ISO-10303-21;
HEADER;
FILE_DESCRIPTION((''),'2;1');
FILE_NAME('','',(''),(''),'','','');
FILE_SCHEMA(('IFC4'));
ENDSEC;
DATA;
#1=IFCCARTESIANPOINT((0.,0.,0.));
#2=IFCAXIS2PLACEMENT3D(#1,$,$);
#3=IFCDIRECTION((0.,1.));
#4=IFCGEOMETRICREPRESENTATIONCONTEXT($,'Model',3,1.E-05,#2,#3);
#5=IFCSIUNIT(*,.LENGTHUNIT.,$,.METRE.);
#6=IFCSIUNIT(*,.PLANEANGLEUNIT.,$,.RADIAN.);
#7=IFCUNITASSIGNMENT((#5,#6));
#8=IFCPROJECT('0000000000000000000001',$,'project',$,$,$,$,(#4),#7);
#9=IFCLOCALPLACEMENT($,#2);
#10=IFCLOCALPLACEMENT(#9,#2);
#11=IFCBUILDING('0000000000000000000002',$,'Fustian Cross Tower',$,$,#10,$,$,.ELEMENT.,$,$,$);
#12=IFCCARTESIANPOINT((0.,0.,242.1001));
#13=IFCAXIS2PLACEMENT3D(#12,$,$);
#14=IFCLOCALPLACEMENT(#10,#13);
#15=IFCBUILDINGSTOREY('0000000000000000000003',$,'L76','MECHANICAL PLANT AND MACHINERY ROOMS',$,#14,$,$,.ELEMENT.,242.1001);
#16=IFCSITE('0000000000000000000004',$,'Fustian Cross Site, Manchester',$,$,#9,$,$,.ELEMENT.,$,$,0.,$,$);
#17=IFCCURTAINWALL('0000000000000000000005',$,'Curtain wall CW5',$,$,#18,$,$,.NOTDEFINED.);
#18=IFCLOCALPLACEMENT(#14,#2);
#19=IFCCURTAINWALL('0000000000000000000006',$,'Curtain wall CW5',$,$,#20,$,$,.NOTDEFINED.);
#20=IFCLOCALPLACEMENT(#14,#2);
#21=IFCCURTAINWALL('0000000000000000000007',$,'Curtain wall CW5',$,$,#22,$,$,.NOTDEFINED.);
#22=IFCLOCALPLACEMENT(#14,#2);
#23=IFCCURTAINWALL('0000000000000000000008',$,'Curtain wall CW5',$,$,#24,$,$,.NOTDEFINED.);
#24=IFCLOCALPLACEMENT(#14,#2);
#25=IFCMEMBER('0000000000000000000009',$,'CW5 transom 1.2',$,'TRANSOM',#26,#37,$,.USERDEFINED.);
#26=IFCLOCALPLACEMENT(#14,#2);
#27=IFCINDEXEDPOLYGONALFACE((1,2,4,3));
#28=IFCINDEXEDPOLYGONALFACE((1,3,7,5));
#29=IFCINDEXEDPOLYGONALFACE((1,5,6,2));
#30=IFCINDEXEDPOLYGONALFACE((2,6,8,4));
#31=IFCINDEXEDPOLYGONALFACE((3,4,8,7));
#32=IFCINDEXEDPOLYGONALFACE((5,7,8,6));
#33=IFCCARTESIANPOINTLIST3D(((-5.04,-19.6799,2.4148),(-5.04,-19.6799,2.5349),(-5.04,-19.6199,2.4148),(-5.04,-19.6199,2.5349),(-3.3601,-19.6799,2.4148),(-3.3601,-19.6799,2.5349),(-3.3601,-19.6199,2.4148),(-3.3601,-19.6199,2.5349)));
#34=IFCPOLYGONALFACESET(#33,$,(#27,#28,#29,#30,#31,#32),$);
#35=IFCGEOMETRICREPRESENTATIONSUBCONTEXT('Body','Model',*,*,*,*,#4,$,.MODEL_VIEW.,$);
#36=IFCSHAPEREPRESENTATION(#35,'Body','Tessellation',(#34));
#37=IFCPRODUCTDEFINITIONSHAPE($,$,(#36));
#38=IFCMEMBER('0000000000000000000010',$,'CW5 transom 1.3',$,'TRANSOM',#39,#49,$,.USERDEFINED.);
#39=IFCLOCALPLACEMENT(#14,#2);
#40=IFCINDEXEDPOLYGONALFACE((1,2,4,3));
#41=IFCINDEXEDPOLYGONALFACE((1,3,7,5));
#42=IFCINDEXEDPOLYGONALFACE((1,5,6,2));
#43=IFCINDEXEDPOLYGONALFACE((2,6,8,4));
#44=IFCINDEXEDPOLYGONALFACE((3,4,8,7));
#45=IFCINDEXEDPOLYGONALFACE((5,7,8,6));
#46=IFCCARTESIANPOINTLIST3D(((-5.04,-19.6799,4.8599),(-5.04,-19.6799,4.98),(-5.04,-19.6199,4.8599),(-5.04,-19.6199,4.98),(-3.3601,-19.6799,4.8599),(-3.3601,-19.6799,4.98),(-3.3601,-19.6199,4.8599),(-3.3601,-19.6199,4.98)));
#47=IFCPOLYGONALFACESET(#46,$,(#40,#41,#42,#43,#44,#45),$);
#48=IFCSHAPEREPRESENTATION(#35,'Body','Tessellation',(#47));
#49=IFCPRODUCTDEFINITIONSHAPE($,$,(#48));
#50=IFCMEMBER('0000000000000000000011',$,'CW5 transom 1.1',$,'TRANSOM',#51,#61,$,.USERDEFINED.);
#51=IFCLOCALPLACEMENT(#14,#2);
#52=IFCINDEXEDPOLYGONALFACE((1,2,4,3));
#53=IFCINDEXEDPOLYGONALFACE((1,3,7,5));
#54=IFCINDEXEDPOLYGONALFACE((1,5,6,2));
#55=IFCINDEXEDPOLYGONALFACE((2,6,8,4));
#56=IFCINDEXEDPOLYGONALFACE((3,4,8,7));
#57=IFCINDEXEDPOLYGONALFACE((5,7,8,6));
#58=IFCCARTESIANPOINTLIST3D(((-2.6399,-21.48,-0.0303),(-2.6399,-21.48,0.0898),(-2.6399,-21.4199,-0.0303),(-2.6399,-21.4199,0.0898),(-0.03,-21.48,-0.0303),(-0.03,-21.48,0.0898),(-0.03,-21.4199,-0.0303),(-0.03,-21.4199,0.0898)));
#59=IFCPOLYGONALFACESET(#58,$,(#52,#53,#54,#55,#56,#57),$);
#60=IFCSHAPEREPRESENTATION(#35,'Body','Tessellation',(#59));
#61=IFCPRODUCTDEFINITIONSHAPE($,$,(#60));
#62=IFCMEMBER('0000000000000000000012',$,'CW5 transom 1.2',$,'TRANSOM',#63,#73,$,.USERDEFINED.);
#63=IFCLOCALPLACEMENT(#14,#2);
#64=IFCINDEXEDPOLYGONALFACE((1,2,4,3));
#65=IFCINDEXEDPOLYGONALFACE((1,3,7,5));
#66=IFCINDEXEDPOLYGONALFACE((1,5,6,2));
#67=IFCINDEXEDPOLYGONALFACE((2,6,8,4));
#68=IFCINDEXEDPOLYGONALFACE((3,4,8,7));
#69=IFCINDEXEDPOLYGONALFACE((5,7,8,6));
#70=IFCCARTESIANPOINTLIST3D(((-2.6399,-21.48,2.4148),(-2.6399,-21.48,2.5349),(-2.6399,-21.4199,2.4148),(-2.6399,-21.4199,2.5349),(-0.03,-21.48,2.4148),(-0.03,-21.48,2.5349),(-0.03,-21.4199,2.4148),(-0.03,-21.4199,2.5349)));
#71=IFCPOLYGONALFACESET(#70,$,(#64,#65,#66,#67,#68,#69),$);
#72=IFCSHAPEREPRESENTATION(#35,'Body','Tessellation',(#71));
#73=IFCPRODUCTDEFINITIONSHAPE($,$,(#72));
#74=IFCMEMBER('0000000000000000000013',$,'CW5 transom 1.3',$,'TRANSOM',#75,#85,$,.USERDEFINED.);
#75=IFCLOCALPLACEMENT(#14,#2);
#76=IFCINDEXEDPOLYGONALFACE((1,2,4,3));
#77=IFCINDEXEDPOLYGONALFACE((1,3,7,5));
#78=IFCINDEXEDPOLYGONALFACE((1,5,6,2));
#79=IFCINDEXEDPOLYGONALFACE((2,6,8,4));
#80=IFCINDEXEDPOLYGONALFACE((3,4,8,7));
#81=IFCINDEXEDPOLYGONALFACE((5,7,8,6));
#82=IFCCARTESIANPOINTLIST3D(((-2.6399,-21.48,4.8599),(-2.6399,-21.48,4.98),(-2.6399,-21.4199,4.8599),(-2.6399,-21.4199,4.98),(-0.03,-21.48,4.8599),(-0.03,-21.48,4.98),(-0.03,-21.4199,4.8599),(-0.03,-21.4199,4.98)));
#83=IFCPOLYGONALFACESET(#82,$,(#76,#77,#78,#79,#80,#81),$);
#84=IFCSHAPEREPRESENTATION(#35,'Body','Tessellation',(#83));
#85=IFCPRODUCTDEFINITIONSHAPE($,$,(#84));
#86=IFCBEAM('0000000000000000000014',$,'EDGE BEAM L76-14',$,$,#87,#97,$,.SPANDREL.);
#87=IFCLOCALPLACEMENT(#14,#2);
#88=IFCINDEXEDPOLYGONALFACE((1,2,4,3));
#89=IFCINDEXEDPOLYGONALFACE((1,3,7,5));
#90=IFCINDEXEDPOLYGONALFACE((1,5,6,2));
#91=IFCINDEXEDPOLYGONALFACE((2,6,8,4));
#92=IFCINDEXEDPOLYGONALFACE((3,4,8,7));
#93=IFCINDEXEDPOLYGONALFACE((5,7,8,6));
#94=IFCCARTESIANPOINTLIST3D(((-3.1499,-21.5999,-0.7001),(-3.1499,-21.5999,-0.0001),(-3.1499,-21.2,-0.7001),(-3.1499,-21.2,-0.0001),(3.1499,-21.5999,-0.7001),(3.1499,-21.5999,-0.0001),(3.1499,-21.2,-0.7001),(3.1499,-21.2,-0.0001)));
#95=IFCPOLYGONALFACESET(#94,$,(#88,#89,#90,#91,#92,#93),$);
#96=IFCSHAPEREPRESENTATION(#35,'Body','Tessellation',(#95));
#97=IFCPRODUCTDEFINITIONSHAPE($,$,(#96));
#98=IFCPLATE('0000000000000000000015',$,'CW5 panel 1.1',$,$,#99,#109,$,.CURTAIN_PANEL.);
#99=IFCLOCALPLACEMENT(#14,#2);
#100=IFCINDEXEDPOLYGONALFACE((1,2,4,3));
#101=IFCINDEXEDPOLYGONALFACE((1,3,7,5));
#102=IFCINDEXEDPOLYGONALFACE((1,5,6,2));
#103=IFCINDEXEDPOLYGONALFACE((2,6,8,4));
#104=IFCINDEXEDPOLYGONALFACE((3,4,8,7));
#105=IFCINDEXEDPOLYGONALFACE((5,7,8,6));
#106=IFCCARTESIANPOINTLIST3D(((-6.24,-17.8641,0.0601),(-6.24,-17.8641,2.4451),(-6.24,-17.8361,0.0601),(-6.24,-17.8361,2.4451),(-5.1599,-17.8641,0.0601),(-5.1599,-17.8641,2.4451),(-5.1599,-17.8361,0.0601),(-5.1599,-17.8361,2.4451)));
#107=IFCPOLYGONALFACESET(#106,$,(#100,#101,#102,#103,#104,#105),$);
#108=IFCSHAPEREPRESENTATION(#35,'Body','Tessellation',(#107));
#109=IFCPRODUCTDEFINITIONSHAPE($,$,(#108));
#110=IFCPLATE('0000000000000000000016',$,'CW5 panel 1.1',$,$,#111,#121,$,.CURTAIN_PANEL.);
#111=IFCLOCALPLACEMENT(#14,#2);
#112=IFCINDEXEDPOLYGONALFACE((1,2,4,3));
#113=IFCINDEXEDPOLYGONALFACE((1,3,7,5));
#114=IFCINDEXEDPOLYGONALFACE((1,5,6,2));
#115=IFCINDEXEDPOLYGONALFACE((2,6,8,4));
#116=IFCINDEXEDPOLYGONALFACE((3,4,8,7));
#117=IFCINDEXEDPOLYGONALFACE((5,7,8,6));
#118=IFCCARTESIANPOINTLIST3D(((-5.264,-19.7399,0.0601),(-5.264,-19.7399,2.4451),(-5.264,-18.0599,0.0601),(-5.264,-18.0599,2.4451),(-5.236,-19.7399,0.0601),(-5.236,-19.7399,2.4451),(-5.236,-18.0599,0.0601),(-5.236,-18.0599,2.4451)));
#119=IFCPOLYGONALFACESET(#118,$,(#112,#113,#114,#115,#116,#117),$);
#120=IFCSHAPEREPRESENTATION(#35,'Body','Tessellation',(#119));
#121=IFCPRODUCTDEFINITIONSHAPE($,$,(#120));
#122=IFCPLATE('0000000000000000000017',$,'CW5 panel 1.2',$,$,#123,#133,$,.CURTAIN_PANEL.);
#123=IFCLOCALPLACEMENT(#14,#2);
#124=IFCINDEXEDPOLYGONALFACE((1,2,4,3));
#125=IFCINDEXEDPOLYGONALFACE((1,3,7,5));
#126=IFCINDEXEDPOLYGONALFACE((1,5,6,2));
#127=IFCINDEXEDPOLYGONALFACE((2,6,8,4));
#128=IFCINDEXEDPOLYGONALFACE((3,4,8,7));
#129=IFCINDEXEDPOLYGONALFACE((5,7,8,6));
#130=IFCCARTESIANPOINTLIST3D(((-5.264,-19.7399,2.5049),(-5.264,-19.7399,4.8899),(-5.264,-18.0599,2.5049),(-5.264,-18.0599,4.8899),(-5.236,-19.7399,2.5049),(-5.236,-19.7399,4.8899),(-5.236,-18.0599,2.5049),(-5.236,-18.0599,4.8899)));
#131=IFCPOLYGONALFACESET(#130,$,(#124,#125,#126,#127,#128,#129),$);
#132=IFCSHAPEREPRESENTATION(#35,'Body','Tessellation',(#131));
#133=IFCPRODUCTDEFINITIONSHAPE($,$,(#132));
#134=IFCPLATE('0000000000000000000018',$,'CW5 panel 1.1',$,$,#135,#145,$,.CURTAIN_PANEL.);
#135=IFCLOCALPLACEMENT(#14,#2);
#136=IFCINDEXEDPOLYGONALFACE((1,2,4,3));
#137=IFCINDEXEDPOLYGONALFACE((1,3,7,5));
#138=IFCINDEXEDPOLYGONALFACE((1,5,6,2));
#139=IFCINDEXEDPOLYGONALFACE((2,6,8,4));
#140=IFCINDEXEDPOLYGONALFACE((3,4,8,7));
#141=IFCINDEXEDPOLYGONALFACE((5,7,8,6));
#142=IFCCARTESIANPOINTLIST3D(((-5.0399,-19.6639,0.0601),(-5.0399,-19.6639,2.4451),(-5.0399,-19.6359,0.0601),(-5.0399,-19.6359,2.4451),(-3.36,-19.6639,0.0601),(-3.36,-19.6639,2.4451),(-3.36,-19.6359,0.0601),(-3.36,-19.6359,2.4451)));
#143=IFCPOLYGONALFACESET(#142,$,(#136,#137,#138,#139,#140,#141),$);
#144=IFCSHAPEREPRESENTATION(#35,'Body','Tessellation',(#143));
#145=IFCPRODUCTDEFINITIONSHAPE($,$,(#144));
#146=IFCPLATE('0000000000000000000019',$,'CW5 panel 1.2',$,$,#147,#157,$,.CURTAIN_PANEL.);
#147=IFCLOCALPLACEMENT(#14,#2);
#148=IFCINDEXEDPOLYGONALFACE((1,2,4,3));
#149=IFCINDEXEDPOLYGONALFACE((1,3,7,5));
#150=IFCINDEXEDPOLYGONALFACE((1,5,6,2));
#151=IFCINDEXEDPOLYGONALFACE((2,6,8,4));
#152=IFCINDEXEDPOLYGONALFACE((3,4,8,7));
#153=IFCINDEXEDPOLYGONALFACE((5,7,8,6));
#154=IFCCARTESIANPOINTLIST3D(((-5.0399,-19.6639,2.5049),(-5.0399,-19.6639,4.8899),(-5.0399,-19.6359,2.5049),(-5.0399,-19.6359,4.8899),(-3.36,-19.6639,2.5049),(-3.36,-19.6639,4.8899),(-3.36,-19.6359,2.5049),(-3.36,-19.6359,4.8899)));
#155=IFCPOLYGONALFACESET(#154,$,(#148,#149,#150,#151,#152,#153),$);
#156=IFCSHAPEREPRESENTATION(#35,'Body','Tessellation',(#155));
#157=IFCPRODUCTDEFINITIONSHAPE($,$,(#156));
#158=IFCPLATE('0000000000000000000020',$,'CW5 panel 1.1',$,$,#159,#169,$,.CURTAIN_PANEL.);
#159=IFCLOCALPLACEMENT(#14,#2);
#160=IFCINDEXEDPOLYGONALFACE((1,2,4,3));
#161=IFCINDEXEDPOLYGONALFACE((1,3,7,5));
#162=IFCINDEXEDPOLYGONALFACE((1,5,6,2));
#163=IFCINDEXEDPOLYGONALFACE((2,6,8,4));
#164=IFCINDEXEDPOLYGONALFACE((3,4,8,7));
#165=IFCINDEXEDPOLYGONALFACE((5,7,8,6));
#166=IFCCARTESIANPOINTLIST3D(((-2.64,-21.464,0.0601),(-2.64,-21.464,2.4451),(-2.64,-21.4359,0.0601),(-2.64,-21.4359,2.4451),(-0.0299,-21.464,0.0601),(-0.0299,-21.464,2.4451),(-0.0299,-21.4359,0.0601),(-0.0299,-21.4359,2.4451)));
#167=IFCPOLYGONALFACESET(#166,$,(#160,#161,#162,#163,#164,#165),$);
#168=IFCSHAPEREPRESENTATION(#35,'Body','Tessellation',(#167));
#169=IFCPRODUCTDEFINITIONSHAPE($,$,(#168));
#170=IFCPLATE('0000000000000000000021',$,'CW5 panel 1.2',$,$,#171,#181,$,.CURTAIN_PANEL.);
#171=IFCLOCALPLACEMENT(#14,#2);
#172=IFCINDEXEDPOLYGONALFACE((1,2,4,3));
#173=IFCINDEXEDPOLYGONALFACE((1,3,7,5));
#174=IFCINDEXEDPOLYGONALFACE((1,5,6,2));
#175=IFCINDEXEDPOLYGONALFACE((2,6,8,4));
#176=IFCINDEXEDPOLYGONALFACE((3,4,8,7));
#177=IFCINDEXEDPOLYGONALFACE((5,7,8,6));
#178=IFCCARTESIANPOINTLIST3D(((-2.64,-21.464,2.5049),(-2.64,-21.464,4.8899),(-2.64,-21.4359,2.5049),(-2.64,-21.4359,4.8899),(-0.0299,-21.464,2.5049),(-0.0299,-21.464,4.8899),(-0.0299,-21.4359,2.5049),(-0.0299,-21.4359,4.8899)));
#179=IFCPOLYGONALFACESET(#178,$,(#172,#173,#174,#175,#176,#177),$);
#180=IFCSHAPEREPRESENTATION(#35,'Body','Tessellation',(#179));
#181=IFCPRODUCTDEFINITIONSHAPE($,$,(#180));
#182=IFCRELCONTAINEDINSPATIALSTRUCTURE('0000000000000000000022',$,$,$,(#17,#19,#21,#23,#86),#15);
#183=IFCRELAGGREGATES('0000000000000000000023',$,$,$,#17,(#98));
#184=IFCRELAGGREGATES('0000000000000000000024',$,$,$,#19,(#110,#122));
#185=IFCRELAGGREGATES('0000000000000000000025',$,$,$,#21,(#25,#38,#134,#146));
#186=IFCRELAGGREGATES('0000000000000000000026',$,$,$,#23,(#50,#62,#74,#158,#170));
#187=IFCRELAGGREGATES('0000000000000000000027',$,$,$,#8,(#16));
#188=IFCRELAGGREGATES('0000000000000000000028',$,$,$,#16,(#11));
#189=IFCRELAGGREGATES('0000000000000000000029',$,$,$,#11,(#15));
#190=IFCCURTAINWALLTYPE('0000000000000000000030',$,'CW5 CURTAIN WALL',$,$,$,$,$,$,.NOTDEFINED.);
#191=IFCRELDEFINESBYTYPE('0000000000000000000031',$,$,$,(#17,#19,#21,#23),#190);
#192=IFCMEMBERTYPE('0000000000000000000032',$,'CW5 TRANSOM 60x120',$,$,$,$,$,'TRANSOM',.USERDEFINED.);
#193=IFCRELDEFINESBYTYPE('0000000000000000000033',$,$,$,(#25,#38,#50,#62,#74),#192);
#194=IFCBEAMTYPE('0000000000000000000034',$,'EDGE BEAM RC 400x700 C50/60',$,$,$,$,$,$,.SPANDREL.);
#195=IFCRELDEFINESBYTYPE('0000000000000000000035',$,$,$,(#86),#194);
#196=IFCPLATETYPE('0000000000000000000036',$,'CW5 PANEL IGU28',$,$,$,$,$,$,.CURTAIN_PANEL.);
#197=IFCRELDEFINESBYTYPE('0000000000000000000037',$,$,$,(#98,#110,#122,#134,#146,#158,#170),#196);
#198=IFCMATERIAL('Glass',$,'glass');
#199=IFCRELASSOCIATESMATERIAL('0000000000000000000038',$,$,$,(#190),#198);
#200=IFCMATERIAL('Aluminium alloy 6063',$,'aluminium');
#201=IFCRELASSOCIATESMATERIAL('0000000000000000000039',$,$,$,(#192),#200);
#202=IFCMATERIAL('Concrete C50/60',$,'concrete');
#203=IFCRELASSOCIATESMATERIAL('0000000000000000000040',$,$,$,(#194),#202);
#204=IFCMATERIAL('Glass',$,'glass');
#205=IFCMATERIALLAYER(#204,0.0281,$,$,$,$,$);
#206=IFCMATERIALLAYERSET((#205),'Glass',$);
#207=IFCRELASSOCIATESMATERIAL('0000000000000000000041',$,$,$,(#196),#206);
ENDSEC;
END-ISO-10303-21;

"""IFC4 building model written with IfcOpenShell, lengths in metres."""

from ifc_helpers import new_model, si_unit, direction, frame, origin, origin_2d, place, context, subcontext, project, spatial, rectangle, extrude, material, layer, layer_set, material_profile, profile_set, type_object, element, aggregate, save


model = new_model("IFC4")

# Units and contexts
model_context = context("Model", 3, precision=1e-05, world=origin(), true_north=direction((0.0, 1.0)))
body_context = subcontext(model_context, "Body", "Model", "MODEL_VIEW")
ifc_project = project(units=[si_unit("LENGTHUNIT", "METRE"), si_unit("PLANEANGLEUNIT", "RADIAN")], contexts=[model_context])

# Site, building, storey
site_placement = place(None, origin())
site = spatial("IfcSite", under=ifc_project, at=site_placement, Name="Fustian Cross Site, Manchester", CompositionType="ELEMENT", RefElevation=0.0)
building_placement = place(site_placement, origin())
building = spatial("IfcBuilding", under=site, at=building_placement, Name="Fustian Cross Tower", CompositionType="ELEMENT")
storey_placement = place(building_placement, frame((0.0, 0.0, 242.1001)))
storey = spatial("IfcBuildingStorey", under=building, at=storey_placement, Name="L76", Description="MECHANICAL PLANT AND MACHINERY ROOMS", CompositionType="ELEMENT", Elevation=242.1001)

# Curtain wall
ifc_material_1 = material(Name="Glass", Category="glass")
curtain_wall_type = type_object("IfcCurtainWallType", Name="CW5 CURTAIN WALL", PredefinedType="NOTDEFINED", material=ifc_material_1)
curtain_wall_1_placement = place(storey_placement, origin())
curtain_wall_1 = element("IfcCurtainWall", 1, at=curtain_wall_1_placement, inside=storey, type_object=curtain_wall_type, Name="Curtain wall CW5", PredefinedType="NOTDEFINED")

# Curtain walls
curtain_wall_2_placement = place(storey_placement, origin())
curtain_wall_2 = element("IfcCurtainWall", 2, at=curtain_wall_2_placement, inside=storey, type_object=curtain_wall_type, Name="Curtain wall CW5", PredefinedType="NOTDEFINED")
curtain_wall_3_placement = place(storey_placement, origin())
curtain_wall_3 = element("IfcCurtainWall", 3, at=curtain_wall_3_placement, inside=storey, type_object=curtain_wall_type, Name="Curtain wall CW5", PredefinedType="NOTDEFINED")

# Curtain wall
curtain_wall_4_placement = place(storey_placement, origin())
curtain_wall_4 = element("IfcCurtainWall", 4, at=curtain_wall_4_placement, inside=storey, type_object=curtain_wall_type, Name="Curtain wall CW5", PredefinedType="NOTDEFINED")

# Members
ifc_material_2 = material(Name="Aluminium alloy 6063", Category="aluminium")
ifc_material_profile_1 = material_profile(ifc_material_2, rectangle(XDim=0.0601, YDim=0.1201, at=origin_2d()), Name="CW5 TRANSOM 60x120")
ifc_profile_set_1 = profile_set([ifc_material_profile_1], Name="Aluminium alloy 6063")
member_type_1 = type_object("IfcMemberType", Name="CW5 TRANSOM 60x120", ElementType="TRANSOM", PredefinedType="USERDEFINED", material=ifc_profile_set_1)
member_1_placement = place(storey_placement, frame((-5.04, -19.6499, 2.4749), z_axis=(1.0, 0.0, 0.0), x_axis=(0.0, 1.0, 0.0)))
member_1 = element("IfcMember", 5, at=member_1_placement, type_object=member_type_1, Name="CW5 transom 1.2", ObjectType="TRANSOM", PredefinedType="USERDEFINED", context=body_context, shape_type="SweptSolid", body=[
    extrude(rectangle(XDim=0.0601, YDim=0.1201, at=origin_2d()), origin(), (0.0, 0.0, 1.0), 1.6799),
])
member_2_placement = place(storey_placement, frame((-5.04, -19.6499, 4.9199), z_axis=(1.0, 0.0, 0.0), x_axis=(0.0, 1.0, 0.0)))
member_2 = element("IfcMember", 6, at=member_2_placement, type_object=member_type_1, Name="CW5 transom 1.3", ObjectType="TRANSOM", PredefinedType="USERDEFINED", context=body_context, shape_type="SweptSolid", body=[
    extrude(rectangle(XDim=0.0601, YDim=0.1201, at=origin_2d()), origin(), (0.0, 0.0, 1.0), 1.6799),
])
member_3_placement = place(storey_placement, frame((-2.6399, -21.45, 0.0298), z_axis=(1.0, 0.0, 0.0), x_axis=(0.0, 1.0, 0.0)))
member_3 = element("IfcMember", 7, at=member_3_placement, type_object=member_type_1, Name="CW5 transom 1.1", ObjectType="TRANSOM", PredefinedType="USERDEFINED", context=body_context, shape_type="SweptSolid", body=[
    extrude(rectangle(XDim=0.0601, YDim=0.1201, at=origin_2d()), origin(), (0.0, 0.0, 1.0), 2.6099),
])
member_4_placement = place(storey_placement, frame((-2.6399, -21.45, 2.4749), z_axis=(1.0, 0.0, 0.0), x_axis=(0.0, 1.0, 0.0)))
member_4 = element("IfcMember", 8, at=member_4_placement, type_object=member_type_1, Name="CW5 transom 1.2", ObjectType="TRANSOM", PredefinedType="USERDEFINED", context=body_context, shape_type="SweptSolid", body=[
    extrude(rectangle(XDim=0.0601, YDim=0.1201, at=origin_2d()), origin(), (0.0, 0.0, 1.0), 2.6099),
])
member_5_placement = place(storey_placement, frame((-2.6399, -21.45, 4.9199), z_axis=(1.0, 0.0, 0.0), x_axis=(0.0, 1.0, 0.0)))
member_5 = element("IfcMember", 9, at=member_5_placement, type_object=member_type_1, Name="CW5 transom 1.3", ObjectType="TRANSOM", PredefinedType="USERDEFINED", context=body_context, shape_type="SweptSolid", body=[
    extrude(rectangle(XDim=0.0601, YDim=0.1201, at=origin_2d()), origin(), (0.0, 0.0, 1.0), 2.6099),
])

# Beam
ifc_material_3 = material(Name="Concrete C50/60", Category="concrete")
ifc_material_profile_2 = material_profile(ifc_material_3, rectangle(XDim=0.3999, YDim=0.7, at=origin_2d()), Name="RC 400x700")
ifc_profile_set_2 = profile_set([ifc_material_profile_2], Name="Concrete C50/60")
beam_type = type_object("IfcBeamType", Name="EDGE BEAM RC 400x700 C50/60", PredefinedType="SPANDREL", material=ifc_profile_set_2)
beam_placement = place(storey_placement, frame((-3.1499, -21.3999, -0.3501), z_axis=(1.0, 0.0, 0.0), x_axis=(0.0, 1.0, 0.0)))
element("IfcBeam", 10, at=beam_placement, inside=storey, type_object=beam_type, Name="EDGE BEAM L76-14", PredefinedType="SPANDREL", context=body_context, shape_type="SweptSolid", body=[
    extrude(rectangle(XDim=0.3999, YDim=0.7, at=origin_2d()), origin(), (0.0, 0.0, 1.0), 6.2998),
])

# Plates
ifc_material_4 = material(Name="Glass", Category="glass")
ifc_layer_1 = layer(ifc_material_4, 0.0281)
ifc_layer_set_1 = layer_set([ifc_layer_1], Name="Glass")
plate_type = type_object("IfcPlateType", Name="CW5 PANEL IGU28", PredefinedType="CURTAIN_PANEL", material=ifc_layer_set_1)
plate_1_placement = place(storey_placement, frame((-5.7, -17.8501, 0.0601), z_axis=(0.0, 0.0, 1.0), x_axis=(1.0, 0.0, 0.0)))
plate_1 = element("IfcPlate", 11, at=plate_1_placement, type_object=plate_type, Name="CW5 panel 1.1", PredefinedType="CURTAIN_PANEL", context=body_context, shape_type="SweptSolid", body=[
    extrude(rectangle(XDim=1.0801, YDim=0.0281, at=origin_2d()), origin(), (0.0, 0.0, 1.0), 2.385),
])
aggregate(curtain_wall_1, [plate_1])
plate_2_placement = place(storey_placement, frame((-5.25, -18.8999, 0.0601), z_axis=(0.0, 0.0, 1.0), x_axis=(0.0, -1.0, 0.0)))
plate_2 = element("IfcPlate", 12, at=plate_2_placement, type_object=plate_type, Name="CW5 panel 1.1", PredefinedType="CURTAIN_PANEL", context=body_context, shape_type="SweptSolid", body=[
    extrude(rectangle(XDim=1.6799, YDim=0.0281, at=origin_2d()), origin(), (0.0, 0.0, 1.0), 2.385),
])
plate_3_placement = place(storey_placement, frame((-5.25, -18.8999, 2.5049), z_axis=(0.0, 0.0, 1.0), x_axis=(0.0, -1.0, 0.0)))
plate_3 = element("IfcPlate", 13, at=plate_3_placement, type_object=plate_type, Name="CW5 panel 1.2", PredefinedType="CURTAIN_PANEL", context=body_context, shape_type="SweptSolid", body=[
    extrude(rectangle(XDim=1.6799, YDim=0.0281, at=origin_2d()), origin(), (0.0, 0.0, 1.0), 2.385),
])
aggregate(curtain_wall_2, [plate_2, plate_3])
plate_4_placement = place(storey_placement, frame((-4.2, -19.6499, 0.0601), z_axis=(0.0, 0.0, 1.0), x_axis=(1.0, 0.0, 0.0)))
plate_4 = element("IfcPlate", 14, at=plate_4_placement, type_object=plate_type, Name="CW5 panel 1.1", PredefinedType="CURTAIN_PANEL", context=body_context, shape_type="SweptSolid", body=[
    extrude(rectangle(XDim=1.6799, YDim=0.0281, at=origin_2d()), origin(), (0.0, 0.0, 1.0), 2.385),
])
plate_5_placement = place(storey_placement, frame((-4.2, -19.6499, 2.5049), z_axis=(0.0, 0.0, 1.0), x_axis=(1.0, 0.0, 0.0)))
plate_5 = element("IfcPlate", 15, at=plate_5_placement, type_object=plate_type, Name="CW5 panel 1.2", PredefinedType="CURTAIN_PANEL", context=body_context, shape_type="SweptSolid", body=[
    extrude(rectangle(XDim=1.6799, YDim=0.0281, at=origin_2d()), origin(), (0.0, 0.0, 1.0), 2.385),
])
aggregate(curtain_wall_3, [member_1, member_2, plate_4, plate_5])
plate_6_placement = place(storey_placement, frame((-1.335, -21.45, 0.0601), z_axis=(0.0, 0.0, 1.0), x_axis=(1.0, 0.0, 0.0)))
plate_6 = element("IfcPlate", 16, at=plate_6_placement, type_object=plate_type, Name="CW5 panel 1.1", PredefinedType="CURTAIN_PANEL", context=body_context, shape_type="SweptSolid", body=[
    extrude(rectangle(XDim=2.6101, YDim=0.0281, at=origin_2d()), origin(), (0.0, 0.0, 1.0), 2.385),
])
plate_7_placement = place(storey_placement, frame((-1.335, -21.45, 2.5049), z_axis=(0.0, 0.0, 1.0), x_axis=(1.0, 0.0, 0.0)))
plate_7 = element("IfcPlate", 17, at=plate_7_placement, type_object=plate_type, Name="CW5 panel 1.2", PredefinedType="CURTAIN_PANEL", context=body_context, shape_type="SweptSolid", body=[
    extrude(rectangle(XDim=2.6101, YDim=0.0281, at=origin_2d()), origin(), (0.0, 0.0, 1.0), 2.385),
])
aggregate(curtain_wall_4, [member_3, member_4, member_5, plate_6, plate_7])

save(model, "model.ifc")
